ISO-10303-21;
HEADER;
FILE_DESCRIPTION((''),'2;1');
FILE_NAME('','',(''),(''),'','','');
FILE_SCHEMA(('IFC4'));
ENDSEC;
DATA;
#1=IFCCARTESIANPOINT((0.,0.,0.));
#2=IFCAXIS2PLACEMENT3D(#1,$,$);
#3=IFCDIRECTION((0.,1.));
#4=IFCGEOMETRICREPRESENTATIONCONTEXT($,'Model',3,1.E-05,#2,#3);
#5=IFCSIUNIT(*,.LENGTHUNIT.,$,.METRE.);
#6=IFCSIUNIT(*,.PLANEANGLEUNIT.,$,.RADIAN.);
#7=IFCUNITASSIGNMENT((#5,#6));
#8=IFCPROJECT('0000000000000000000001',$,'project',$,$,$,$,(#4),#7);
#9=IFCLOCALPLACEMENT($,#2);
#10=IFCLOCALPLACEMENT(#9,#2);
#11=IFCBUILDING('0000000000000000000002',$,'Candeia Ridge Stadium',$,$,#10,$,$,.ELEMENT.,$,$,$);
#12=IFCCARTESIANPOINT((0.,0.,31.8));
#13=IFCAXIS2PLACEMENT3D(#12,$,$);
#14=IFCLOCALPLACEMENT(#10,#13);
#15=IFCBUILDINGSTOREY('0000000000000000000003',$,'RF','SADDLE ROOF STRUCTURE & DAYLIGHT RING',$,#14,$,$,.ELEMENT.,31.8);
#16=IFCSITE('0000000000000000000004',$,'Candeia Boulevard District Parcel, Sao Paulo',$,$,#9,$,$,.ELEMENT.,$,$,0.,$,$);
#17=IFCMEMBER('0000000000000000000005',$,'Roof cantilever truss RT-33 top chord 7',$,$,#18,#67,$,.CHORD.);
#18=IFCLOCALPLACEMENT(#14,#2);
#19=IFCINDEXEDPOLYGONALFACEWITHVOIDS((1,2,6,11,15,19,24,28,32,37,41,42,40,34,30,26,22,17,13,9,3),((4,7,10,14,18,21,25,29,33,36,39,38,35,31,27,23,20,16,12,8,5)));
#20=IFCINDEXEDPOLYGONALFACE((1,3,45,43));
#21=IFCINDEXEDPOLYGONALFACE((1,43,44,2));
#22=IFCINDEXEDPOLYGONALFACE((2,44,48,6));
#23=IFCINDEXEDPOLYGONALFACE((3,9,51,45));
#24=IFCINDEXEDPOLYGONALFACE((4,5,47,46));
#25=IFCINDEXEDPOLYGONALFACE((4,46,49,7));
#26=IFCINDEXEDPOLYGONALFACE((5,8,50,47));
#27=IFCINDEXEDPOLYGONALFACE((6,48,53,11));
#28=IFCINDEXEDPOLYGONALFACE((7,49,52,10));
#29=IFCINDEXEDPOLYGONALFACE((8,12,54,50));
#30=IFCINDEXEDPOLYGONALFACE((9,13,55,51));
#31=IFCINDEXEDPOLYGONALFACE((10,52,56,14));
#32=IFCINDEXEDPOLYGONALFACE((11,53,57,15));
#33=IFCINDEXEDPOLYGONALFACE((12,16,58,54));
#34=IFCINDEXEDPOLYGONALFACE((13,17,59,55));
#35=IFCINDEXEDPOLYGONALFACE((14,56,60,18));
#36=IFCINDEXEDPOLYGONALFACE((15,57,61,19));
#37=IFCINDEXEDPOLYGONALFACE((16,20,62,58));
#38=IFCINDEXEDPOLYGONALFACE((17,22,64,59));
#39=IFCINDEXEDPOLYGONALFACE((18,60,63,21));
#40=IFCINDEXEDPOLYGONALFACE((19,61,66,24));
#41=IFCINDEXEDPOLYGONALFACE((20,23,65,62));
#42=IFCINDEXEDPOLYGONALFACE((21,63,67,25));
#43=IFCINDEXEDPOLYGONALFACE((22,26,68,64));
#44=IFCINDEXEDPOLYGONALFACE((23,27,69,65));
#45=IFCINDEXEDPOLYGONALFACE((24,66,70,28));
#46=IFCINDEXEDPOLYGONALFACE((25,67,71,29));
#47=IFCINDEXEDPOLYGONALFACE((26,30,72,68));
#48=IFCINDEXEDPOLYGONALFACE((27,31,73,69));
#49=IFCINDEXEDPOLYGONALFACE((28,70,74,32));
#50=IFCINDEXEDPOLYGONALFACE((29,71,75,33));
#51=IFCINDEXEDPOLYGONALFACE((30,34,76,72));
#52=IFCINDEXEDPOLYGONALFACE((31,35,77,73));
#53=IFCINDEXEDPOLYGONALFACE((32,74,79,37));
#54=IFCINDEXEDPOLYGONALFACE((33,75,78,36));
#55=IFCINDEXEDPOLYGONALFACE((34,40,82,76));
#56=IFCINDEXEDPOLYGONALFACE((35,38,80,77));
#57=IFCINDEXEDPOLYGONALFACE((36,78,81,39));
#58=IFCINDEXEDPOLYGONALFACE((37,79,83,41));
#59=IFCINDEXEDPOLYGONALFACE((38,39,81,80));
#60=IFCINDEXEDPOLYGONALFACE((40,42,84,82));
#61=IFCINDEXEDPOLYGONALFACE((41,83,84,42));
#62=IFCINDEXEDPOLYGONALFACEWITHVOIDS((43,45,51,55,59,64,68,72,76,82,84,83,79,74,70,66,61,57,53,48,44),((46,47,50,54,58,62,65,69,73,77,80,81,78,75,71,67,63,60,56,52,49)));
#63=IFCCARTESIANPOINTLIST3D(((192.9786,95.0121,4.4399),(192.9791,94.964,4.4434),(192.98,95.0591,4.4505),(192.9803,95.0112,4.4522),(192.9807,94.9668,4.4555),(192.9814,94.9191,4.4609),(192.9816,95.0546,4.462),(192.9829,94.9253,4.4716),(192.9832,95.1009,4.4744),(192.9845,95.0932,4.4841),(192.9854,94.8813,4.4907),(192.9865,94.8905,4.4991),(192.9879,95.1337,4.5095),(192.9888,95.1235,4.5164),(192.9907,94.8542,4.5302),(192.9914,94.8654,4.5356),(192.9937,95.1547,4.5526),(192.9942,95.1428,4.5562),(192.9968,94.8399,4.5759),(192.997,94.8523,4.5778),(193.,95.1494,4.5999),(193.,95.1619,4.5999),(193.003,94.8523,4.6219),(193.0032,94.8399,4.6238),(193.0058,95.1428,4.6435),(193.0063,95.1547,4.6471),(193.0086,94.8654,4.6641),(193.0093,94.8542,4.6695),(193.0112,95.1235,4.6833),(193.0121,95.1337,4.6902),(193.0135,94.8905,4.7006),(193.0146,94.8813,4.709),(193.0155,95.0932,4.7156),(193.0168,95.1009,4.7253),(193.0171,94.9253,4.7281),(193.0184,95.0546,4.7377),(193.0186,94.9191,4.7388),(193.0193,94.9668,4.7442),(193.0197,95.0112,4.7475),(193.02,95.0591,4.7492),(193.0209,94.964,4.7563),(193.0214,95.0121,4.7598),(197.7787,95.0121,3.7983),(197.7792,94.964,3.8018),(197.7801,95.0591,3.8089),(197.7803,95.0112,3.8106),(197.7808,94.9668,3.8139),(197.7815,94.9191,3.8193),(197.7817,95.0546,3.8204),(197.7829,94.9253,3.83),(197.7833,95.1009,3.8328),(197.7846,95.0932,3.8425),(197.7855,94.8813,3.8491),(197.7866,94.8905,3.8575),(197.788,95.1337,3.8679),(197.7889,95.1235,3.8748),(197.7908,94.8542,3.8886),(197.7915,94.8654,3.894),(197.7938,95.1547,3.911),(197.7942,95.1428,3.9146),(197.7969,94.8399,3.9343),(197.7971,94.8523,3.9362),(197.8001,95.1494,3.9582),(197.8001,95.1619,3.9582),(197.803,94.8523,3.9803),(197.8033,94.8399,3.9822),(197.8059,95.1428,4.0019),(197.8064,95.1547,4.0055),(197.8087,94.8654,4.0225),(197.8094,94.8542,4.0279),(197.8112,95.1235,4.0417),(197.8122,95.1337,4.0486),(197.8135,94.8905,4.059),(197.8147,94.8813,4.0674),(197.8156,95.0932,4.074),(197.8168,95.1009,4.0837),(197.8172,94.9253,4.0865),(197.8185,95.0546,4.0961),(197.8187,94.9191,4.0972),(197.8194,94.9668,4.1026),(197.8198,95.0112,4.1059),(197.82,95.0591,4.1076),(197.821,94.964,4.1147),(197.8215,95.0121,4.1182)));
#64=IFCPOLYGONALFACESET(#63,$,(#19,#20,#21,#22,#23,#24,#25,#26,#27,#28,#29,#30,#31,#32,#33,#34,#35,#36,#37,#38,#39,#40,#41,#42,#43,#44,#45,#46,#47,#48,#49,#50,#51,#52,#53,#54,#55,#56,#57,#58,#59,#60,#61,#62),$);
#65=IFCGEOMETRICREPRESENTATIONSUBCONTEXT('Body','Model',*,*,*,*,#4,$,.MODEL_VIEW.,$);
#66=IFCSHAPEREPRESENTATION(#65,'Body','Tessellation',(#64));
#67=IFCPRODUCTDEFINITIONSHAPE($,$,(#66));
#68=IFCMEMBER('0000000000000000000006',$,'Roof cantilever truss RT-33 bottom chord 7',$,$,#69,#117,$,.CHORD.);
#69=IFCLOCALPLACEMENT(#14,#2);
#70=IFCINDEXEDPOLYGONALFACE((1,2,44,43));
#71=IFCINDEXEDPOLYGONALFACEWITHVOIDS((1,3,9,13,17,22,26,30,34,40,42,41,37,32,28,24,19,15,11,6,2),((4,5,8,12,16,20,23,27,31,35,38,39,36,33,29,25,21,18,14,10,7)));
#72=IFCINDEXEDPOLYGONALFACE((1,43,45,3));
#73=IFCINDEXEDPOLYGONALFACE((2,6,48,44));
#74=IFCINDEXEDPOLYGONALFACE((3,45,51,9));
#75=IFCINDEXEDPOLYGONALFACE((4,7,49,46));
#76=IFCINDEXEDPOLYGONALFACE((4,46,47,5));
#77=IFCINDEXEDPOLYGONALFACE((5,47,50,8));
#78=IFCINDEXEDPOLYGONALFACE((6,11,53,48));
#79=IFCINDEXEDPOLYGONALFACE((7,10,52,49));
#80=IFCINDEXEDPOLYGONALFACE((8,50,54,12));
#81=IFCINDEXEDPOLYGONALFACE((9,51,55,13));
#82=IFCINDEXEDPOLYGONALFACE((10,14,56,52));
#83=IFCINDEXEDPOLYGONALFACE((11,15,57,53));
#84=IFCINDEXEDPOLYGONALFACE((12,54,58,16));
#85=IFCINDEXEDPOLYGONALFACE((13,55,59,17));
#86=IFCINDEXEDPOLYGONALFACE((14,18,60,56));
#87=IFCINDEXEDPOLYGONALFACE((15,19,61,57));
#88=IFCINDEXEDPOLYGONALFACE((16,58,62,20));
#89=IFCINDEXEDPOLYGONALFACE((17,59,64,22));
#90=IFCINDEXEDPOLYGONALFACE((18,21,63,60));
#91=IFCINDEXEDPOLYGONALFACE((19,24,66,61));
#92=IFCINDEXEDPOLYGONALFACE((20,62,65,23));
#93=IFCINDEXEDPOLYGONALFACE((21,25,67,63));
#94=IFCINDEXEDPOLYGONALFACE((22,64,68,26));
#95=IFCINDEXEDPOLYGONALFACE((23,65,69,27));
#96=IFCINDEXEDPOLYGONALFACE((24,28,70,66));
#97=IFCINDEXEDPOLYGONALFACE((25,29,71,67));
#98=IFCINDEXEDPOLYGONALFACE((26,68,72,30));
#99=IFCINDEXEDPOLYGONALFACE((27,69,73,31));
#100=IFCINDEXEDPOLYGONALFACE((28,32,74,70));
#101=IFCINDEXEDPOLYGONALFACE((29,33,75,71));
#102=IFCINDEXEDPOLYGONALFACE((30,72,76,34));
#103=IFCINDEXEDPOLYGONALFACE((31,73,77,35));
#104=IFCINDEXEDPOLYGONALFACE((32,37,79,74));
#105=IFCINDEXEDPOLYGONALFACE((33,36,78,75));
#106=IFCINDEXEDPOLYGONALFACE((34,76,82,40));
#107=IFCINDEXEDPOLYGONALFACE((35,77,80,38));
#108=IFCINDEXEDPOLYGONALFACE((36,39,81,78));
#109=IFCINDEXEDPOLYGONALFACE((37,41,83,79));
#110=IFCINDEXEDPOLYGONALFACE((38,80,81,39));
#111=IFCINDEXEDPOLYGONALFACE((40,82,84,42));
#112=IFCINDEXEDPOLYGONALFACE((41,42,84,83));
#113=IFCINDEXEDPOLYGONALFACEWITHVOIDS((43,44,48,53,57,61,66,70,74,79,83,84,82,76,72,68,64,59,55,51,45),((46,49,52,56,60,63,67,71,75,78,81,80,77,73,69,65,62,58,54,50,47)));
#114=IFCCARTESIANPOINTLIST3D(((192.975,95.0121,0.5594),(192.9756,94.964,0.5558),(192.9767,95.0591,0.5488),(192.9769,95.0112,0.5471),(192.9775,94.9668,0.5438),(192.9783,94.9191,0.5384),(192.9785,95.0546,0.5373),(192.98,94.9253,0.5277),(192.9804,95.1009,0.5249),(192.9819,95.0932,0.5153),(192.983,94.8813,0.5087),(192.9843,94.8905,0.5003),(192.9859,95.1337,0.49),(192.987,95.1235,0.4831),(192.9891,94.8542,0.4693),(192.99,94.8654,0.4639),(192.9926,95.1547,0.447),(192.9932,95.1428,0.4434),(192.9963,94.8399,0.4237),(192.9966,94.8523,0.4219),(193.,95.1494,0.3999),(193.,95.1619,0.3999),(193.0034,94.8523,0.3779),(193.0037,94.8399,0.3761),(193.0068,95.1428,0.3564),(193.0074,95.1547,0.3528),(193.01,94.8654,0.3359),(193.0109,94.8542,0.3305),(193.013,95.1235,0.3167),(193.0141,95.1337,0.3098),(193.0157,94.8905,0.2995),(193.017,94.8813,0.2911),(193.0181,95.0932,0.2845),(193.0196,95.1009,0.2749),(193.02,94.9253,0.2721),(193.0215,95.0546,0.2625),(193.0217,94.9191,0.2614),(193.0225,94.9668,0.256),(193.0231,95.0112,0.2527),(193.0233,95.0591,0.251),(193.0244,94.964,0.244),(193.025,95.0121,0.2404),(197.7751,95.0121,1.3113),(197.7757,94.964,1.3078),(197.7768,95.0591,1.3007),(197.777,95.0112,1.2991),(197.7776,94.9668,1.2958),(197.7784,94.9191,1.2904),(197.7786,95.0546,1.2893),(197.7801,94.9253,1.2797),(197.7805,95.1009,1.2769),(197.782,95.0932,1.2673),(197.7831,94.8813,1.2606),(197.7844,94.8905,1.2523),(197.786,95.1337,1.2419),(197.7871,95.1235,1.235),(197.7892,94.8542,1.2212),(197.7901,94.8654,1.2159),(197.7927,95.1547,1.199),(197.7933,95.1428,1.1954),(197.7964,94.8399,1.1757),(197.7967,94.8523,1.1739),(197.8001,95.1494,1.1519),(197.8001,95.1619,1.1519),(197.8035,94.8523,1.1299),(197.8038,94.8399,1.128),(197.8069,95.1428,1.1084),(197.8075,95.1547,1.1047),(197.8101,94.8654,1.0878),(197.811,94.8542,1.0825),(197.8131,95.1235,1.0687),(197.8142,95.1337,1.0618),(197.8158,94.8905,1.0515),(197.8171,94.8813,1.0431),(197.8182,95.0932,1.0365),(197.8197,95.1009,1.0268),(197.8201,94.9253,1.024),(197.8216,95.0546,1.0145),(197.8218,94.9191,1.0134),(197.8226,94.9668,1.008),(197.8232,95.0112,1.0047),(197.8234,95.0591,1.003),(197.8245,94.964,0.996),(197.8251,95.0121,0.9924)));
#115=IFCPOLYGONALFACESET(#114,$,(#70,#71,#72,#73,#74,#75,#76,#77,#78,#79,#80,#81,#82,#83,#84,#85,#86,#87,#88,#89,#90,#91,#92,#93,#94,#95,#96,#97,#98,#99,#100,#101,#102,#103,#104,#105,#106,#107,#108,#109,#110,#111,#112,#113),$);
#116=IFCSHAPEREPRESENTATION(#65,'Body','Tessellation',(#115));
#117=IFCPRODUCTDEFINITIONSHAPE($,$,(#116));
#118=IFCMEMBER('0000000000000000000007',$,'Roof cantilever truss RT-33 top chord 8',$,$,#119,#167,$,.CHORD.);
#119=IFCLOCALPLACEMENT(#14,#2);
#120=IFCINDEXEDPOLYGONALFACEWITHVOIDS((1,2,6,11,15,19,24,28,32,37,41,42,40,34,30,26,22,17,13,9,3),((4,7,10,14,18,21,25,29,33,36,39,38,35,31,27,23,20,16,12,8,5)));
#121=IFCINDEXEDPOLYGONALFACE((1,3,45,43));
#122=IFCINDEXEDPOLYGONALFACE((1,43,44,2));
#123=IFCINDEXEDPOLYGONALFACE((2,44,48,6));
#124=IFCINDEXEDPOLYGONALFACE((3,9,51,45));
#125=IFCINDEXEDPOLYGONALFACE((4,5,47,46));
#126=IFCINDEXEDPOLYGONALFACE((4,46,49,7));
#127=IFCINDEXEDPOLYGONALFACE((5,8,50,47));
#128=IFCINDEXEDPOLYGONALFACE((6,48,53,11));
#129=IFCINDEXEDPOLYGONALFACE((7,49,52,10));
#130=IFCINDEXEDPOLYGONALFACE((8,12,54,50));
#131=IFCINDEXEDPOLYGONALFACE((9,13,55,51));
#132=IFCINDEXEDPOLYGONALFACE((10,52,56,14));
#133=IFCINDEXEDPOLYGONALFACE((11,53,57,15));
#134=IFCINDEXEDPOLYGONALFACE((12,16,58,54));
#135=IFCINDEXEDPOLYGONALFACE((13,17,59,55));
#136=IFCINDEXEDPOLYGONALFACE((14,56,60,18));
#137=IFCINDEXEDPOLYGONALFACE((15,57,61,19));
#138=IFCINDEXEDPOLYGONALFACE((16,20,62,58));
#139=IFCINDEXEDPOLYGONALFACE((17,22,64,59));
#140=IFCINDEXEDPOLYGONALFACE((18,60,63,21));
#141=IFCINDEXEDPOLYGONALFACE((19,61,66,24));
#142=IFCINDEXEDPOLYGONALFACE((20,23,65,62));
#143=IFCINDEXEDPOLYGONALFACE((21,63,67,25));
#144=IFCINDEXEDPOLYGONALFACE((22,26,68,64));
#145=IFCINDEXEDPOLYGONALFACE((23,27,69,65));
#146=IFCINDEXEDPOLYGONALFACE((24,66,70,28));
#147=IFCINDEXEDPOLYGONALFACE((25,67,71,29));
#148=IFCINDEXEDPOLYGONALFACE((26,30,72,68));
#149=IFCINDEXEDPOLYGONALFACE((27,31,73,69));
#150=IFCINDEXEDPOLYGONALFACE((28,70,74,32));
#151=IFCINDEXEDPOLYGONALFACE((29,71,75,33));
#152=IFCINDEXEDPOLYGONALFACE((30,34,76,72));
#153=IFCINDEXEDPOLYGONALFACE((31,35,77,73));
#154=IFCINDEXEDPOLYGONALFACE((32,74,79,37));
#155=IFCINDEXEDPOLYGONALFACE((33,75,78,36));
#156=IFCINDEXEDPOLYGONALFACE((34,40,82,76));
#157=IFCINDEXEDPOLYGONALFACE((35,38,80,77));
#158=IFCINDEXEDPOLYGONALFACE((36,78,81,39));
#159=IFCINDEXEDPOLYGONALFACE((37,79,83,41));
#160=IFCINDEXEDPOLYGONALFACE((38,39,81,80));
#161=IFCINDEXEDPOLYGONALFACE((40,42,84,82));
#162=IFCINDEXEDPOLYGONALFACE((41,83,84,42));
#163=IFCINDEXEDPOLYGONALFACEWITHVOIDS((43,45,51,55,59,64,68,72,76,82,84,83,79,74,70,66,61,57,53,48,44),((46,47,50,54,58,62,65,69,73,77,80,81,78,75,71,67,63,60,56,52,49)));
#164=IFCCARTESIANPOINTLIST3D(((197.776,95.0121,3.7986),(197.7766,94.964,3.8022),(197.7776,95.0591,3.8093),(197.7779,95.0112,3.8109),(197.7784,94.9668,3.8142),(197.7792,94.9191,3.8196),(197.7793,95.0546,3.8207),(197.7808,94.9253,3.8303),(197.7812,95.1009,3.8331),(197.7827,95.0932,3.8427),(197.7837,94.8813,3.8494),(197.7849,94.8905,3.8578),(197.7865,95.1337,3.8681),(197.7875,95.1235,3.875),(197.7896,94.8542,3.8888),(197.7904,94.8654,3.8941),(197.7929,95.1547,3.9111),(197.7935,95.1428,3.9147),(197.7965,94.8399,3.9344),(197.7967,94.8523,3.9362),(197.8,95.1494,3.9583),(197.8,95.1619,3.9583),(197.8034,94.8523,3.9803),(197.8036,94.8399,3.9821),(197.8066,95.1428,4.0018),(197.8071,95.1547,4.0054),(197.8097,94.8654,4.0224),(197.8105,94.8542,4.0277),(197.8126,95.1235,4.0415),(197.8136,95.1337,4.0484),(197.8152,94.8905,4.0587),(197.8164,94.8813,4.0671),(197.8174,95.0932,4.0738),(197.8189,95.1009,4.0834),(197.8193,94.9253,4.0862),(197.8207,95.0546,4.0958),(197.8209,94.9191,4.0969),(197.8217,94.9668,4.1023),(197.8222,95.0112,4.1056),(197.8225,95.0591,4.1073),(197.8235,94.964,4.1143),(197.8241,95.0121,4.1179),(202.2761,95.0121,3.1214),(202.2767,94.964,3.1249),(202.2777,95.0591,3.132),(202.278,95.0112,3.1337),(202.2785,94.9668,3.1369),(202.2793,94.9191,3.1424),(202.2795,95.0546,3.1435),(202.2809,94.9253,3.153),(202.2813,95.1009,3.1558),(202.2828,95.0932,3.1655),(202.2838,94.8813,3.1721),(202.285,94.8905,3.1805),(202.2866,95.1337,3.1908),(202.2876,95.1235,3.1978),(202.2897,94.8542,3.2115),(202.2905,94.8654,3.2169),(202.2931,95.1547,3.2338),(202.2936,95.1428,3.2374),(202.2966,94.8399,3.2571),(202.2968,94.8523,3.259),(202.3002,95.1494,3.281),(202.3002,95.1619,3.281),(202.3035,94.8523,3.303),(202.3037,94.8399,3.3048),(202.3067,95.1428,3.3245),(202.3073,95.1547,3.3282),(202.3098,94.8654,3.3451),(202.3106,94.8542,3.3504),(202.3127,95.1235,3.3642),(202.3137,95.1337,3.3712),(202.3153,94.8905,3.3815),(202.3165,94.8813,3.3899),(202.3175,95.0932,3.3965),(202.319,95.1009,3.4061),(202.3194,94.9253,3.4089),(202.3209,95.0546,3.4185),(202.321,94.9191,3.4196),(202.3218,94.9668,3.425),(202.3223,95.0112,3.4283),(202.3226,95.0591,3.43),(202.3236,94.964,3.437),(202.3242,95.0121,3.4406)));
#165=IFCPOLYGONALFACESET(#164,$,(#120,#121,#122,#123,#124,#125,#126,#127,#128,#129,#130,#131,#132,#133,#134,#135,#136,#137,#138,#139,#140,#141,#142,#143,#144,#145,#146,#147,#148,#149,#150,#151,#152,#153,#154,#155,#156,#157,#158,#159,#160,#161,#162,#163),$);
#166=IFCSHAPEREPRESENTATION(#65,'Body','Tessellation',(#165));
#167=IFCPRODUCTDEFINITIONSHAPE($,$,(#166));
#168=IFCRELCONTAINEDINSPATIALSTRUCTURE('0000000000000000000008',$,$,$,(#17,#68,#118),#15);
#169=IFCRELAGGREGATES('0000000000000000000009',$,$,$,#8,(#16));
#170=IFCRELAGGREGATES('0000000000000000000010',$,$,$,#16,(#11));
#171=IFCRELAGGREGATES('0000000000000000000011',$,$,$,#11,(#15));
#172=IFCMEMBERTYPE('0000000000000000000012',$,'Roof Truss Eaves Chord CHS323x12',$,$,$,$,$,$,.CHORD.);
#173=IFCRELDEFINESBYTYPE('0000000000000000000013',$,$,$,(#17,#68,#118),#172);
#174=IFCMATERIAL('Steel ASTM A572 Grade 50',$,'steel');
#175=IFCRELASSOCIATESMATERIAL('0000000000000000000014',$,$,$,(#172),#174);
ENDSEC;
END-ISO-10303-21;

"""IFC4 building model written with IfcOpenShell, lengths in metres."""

from ifc_helpers import new_model, si_unit, direction, frame, origin, origin_2d, place, context, subcontext, project, spatial, hollow_circle, extrude, material, material_profile, profile_set, type_object, element, save


model = new_model("IFC4")

# Units and contexts
model_context = context("Model", 3, precision=1e-05, world=origin(), true_north=direction((0.0, 1.0)))
body_context = subcontext(model_context, "Body", "Model", "MODEL_VIEW")
ifc_project = project(units=[si_unit("LENGTHUNIT", "METRE"), si_unit("PLANEANGLEUNIT", "RADIAN")], contexts=[model_context])

# Site, building, storey
site_placement = place(None, origin())
site = spatial("IfcSite", under=ifc_project, at=site_placement, Name="Candeia Boulevard District Parcel, Sao Paulo", CompositionType="ELEMENT", RefElevation=0.0)
building_placement = place(site_placement, origin())
building = spatial("IfcBuilding", under=site, at=building_placement, Name="Candeia Ridge Stadium", CompositionType="ELEMENT")
storey_placement = place(building_placement, frame((0.0, 0.0, 31.8)))
storey = spatial("IfcBuildingStorey", under=building, at=storey_placement, Name="RF", Description="SADDLE ROOF STRUCTURE & DAYLIGHT RING", CompositionType="ELEMENT", Elevation=31.8)

# Shared definitions
ifc_material_1 = material(Name="Steel ASTM A572 Grade 50", Category="steel")

# Members
ifc_material_profile_1 = material_profile(ifc_material_1, hollow_circle(Radius=0.1619, WallThickness=0.0125, at=origin_2d()), Name="CHS323x12", Category="steel")
ifc_profile_set_1 = profile_set([ifc_material_profile_1], Name="Steel ASTM A572 Grade 50")
member_type_1 = type_object("IfcMemberType", Name="Roof Truss Eaves Chord CHS323x12", PredefinedType="CHORD", material=ifc_profile_set_1)
member_1_placement = place(storey_placement, frame((193.0, 95.0, 4.5999), z_axis=(0.991185, 0.0, -0.132487), x_axis=(0.0, 1.0, 0.0)))
element("IfcMember", 1, at=member_1_placement, inside=storey, type_object=member_type_1, Name="Roof cantilever truss RT-33 top chord 7", PredefinedType="CHORD", context=body_context, shape_type="SweptSolid", body=[
    extrude(hollow_circle(Radius=0.1619, WallThickness=0.0125, at=origin_2d()), origin(), (0.0, 0.0, 1.0), 4.8428),
])
member_2_placement = place(storey_placement, frame((193.0, 95.0, 0.3999), z_axis=(0.987951, 0.0, 0.154768), x_axis=(0.0, 1.0, 0.0)))
element("IfcMember", 2, at=member_2_placement, inside=storey, type_object=member_type_1, Name="Roof cantilever truss RT-33 bottom chord 7", PredefinedType="CHORD", context=body_context, shape_type="SweptSolid", body=[
    extrude(hollow_circle(Radius=0.1619, WallThickness=0.0125, at=origin_2d()), origin(), (0.0, 0.0, 1.0), 4.8586),
])
member_3_placement = place(storey_placement, frame((197.8, 95.0, 3.9583), z_axis=(0.988864, 0.0, -0.148823), x_axis=(0.0, 1.0, 0.0)))
element("IfcMember", 3, at=member_3_placement, inside=storey, type_object=member_type_1, Name="Roof cantilever truss RT-33 top chord 8", PredefinedType="CHORD", context=body_context, shape_type="SweptSolid", body=[
    extrude(hollow_circle(Radius=0.1619, WallThickness=0.0125, at=origin_2d()), origin(), (0.0, 0.0, 1.0), 4.5508),
])

save(model, "model.ifc")
